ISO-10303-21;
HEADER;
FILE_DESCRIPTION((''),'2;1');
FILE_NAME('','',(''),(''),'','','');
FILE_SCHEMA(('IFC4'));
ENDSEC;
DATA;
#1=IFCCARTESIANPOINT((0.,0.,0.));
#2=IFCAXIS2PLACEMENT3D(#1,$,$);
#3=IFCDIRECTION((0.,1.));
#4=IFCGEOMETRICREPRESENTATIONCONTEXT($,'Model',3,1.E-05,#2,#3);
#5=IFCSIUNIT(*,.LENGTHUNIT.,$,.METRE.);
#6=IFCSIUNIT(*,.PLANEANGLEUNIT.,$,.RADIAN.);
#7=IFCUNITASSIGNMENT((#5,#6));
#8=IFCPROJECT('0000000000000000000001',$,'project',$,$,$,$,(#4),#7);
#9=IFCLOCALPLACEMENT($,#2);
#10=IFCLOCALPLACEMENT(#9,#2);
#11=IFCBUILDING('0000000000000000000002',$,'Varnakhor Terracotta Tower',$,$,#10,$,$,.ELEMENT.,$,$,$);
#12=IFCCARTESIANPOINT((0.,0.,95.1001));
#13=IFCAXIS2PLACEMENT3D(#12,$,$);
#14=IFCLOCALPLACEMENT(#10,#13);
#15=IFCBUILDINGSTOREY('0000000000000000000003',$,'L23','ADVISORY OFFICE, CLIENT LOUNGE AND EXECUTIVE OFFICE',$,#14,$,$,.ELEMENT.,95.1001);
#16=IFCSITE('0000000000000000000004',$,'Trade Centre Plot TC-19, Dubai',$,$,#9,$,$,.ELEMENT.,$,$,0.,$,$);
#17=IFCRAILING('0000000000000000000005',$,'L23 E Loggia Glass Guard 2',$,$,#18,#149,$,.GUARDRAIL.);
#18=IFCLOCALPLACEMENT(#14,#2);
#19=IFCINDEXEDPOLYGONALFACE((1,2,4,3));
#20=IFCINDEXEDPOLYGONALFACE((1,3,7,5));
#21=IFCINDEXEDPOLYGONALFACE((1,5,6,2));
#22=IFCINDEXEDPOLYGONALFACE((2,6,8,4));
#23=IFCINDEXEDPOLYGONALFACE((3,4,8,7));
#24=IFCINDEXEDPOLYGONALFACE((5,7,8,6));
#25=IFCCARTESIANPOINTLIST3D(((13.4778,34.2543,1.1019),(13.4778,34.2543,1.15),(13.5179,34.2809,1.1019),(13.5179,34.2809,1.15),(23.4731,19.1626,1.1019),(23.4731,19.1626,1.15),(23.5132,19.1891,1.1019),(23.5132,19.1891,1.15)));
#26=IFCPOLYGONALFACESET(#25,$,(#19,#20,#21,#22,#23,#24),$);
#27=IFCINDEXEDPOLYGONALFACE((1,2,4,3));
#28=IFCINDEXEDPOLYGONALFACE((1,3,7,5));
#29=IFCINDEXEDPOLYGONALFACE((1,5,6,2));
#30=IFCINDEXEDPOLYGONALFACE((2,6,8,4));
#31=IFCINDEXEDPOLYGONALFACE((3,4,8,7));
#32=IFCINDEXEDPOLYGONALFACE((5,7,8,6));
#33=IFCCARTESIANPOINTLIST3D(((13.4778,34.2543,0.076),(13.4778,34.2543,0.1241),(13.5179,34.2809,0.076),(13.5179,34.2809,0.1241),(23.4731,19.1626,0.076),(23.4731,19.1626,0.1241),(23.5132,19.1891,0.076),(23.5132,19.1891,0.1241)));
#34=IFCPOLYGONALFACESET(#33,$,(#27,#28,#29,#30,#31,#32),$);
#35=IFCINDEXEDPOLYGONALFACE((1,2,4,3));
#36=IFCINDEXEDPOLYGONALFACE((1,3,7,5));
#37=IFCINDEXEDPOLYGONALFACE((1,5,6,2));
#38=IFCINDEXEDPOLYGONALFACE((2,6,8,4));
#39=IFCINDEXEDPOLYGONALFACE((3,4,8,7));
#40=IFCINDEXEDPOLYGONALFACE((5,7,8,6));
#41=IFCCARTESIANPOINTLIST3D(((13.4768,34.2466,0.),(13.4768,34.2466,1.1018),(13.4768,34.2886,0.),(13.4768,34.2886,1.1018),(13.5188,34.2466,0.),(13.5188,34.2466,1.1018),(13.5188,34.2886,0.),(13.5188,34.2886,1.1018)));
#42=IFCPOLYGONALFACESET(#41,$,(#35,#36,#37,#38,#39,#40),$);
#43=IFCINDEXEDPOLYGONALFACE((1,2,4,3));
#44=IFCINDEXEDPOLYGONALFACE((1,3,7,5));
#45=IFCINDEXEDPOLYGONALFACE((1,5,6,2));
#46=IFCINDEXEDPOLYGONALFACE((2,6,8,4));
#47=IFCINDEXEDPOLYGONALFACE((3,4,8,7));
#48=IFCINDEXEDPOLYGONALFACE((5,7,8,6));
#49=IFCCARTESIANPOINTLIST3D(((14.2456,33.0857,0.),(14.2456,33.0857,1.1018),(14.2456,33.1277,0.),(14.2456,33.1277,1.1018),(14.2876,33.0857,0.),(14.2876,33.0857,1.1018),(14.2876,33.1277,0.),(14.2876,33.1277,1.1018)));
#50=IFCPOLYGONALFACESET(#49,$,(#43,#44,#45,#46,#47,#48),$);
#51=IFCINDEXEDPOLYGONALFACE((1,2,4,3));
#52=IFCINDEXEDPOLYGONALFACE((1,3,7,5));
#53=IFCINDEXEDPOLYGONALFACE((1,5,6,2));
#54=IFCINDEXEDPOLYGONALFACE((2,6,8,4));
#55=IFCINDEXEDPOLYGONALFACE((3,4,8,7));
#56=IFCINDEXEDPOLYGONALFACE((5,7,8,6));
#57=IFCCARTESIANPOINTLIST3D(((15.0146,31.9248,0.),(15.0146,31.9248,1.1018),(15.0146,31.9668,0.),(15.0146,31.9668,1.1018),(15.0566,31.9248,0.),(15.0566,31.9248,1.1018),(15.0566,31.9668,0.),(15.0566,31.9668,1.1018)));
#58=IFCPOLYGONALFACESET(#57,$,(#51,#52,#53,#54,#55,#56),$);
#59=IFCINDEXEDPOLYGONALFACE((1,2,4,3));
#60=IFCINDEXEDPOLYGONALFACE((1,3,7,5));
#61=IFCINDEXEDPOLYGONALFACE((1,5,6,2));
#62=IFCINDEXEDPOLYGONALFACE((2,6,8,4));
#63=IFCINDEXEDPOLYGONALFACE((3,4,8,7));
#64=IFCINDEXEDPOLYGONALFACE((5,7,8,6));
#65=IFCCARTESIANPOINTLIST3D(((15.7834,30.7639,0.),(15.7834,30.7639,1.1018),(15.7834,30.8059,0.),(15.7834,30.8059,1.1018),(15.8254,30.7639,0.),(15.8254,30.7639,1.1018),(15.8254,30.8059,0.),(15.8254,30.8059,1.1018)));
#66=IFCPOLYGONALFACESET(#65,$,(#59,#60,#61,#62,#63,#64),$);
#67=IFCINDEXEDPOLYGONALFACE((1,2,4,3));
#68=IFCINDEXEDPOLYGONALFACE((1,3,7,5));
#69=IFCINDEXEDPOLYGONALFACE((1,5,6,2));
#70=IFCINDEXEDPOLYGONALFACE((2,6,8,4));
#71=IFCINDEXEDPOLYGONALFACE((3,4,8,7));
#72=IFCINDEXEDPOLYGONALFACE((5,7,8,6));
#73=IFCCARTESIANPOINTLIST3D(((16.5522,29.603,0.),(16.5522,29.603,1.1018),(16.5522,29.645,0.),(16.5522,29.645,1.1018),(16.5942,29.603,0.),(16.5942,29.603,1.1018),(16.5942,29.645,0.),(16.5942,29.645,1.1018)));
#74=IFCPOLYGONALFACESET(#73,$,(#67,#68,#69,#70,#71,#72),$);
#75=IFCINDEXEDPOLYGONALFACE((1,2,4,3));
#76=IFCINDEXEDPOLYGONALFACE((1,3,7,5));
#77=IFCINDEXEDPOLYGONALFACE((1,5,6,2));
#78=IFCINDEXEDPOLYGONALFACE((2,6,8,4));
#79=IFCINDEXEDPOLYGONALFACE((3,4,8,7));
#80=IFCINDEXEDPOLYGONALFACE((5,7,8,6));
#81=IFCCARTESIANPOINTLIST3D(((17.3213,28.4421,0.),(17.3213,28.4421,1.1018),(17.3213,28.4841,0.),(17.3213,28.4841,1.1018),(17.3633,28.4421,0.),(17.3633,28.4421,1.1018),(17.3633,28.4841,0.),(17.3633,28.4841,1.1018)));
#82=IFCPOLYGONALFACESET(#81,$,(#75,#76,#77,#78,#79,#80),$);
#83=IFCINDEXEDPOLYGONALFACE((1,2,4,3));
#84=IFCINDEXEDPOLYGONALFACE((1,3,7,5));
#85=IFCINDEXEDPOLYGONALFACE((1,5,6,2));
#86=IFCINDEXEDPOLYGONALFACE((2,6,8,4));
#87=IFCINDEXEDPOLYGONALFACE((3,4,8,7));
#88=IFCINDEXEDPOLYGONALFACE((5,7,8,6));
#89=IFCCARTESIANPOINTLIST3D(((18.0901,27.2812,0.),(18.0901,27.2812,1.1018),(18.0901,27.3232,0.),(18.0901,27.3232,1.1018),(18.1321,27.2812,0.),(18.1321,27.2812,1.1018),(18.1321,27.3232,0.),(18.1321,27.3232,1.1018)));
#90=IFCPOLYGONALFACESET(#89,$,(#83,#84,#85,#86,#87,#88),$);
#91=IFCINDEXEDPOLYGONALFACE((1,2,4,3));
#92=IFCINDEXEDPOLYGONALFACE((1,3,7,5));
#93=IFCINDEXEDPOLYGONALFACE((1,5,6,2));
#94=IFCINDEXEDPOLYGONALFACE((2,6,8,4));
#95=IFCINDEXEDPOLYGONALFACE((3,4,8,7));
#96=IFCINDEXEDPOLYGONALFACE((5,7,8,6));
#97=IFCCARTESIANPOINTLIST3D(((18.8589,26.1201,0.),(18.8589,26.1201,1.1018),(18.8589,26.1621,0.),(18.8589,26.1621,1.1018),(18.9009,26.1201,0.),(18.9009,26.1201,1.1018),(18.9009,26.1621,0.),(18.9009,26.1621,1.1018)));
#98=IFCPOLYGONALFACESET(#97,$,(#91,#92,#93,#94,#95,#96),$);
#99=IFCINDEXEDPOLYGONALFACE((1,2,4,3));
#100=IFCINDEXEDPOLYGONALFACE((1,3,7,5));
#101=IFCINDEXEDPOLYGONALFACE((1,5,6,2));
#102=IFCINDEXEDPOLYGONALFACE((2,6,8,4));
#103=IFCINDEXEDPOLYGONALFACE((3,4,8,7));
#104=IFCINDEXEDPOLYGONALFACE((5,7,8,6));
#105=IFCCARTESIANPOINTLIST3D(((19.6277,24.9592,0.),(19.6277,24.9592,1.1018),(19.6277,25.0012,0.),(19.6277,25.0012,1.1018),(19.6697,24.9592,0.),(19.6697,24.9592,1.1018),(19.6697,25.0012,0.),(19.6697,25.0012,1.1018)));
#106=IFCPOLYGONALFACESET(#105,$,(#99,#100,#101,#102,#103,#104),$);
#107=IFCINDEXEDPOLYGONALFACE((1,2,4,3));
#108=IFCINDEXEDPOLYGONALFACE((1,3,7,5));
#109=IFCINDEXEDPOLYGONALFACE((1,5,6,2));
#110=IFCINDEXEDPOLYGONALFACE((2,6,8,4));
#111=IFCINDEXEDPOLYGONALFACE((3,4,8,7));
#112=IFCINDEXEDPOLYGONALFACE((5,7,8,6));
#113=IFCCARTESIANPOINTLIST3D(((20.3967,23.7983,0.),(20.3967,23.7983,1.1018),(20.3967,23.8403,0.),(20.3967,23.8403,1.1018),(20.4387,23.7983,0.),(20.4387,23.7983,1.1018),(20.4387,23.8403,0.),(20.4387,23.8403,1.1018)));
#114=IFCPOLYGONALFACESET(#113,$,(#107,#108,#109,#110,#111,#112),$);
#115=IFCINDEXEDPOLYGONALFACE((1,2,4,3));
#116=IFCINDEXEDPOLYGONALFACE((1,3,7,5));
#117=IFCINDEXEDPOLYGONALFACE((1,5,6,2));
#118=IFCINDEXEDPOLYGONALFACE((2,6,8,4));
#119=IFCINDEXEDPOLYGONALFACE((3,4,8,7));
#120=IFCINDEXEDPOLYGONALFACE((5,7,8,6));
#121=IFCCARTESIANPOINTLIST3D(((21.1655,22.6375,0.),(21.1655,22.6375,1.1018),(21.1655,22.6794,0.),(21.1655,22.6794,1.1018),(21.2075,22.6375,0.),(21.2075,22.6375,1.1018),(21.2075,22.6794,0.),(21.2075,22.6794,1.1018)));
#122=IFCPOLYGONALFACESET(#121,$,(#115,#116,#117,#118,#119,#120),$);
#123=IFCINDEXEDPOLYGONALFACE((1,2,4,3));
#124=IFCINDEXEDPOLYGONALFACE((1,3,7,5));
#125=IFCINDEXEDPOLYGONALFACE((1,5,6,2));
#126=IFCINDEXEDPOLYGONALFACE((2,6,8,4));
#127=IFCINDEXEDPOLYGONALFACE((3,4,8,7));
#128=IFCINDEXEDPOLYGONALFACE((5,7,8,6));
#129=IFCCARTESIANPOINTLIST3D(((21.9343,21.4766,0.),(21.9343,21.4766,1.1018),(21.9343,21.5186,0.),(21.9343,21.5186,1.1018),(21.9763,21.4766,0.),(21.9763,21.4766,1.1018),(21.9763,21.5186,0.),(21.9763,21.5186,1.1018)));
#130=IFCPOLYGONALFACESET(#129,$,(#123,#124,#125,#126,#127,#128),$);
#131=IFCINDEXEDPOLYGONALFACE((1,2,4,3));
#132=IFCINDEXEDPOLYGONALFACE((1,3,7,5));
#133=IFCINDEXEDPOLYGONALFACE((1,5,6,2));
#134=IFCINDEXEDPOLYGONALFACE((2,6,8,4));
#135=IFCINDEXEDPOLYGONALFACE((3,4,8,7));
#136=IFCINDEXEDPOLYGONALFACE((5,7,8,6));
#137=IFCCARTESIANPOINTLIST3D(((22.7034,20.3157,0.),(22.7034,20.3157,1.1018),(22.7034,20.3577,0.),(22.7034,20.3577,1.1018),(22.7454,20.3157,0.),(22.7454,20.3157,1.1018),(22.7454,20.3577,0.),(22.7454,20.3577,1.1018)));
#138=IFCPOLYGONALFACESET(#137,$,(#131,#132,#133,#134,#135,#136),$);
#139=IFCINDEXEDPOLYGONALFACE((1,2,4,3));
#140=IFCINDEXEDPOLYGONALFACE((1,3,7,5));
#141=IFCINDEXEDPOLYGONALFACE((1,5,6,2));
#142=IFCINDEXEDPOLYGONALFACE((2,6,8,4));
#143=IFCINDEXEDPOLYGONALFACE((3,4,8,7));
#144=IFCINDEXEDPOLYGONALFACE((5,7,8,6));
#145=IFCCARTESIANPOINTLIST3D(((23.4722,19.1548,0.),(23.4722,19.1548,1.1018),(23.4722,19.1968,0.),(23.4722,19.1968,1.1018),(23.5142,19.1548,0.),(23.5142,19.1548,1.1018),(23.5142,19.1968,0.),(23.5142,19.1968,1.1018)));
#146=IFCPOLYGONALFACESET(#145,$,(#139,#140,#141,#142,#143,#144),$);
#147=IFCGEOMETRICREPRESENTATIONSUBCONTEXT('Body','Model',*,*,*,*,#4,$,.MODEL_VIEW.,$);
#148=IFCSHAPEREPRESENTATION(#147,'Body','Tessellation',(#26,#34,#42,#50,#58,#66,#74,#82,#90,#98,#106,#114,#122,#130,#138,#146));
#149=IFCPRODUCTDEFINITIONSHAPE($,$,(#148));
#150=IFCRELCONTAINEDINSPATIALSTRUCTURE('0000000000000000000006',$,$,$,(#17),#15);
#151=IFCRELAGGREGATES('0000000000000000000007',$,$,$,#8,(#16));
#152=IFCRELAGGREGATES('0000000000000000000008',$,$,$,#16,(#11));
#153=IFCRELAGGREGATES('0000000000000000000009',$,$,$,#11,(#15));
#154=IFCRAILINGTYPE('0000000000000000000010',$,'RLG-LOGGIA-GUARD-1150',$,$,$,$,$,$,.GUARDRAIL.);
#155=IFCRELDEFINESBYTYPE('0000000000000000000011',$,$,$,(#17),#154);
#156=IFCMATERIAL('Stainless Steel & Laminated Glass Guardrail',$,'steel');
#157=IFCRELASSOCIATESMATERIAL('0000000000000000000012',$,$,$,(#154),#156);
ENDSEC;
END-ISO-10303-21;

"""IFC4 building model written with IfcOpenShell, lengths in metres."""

from ifc_helpers import new_model, si_unit, direction, frame, origin, origin_2d, place, context, subcontext, project, spatial, rectangle, extrude, material, type_object, element, save


model = new_model("IFC4")

# Units and contexts
model_context = context("Model", 3, precision=1e-05, world=origin(), true_north=direction((0.0, 1.0)))
body_context = subcontext(model_context, "Body", "Model", "MODEL_VIEW")
ifc_project = project(units=[si_unit("LENGTHUNIT", "METRE"), si_unit("PLANEANGLEUNIT", "RADIAN")], contexts=[model_context])

# Site, building, storey
site_placement = place(None, origin())
site = spatial("IfcSite", under=ifc_project, at=site_placement, Name="Trade Centre Plot TC-19, Dubai", CompositionType="ELEMENT", RefElevation=0.0)
building_placement = place(site_placement, origin())
building = spatial("IfcBuilding", under=site, at=building_placement, Name="Varnakhor Terracotta Tower", CompositionType="ELEMENT")
storey_placement = place(building_placement, frame((0.0, 0.0, 95.1001)))
storey = spatial("IfcBuildingStorey", under=building, at=storey_placement, Name="L23", Description="ADVISORY OFFICE, CLIENT LOUNGE AND EXECUTIVE OFFICE", CompositionType="ELEMENT", Elevation=95.1001)

# Railing
ifc_material_1 = material(Name="Stainless Steel & Laminated Glass Guardrail", Category="steel")
railing_type = type_object("IfcRailingType", Name="RLG-LOGGIA-GUARD-1150", PredefinedType="GUARDRAIL", material=ifc_material_1)
railing_1_placement = place(storey_placement, frame((13.4978, 34.2676, 0.0)))
element("IfcRailing", 1, at=railing_1_placement, inside=storey, type_object=railing_type, Name="L23 E Loggia Glass Guard 2", PredefinedType="GUARDRAIL", context=body_context, shape_type="SweptSolid", body=[
    extrude(rectangle(XDim=0.0481, YDim=0.0481, at=origin_2d()), frame((0.0, 0.0, 1.126), z_axis=(0.55218, -0.833725, 0.0), x_axis=(0.833725, 0.55218, 0.0)), (0.0, 0.0, 1.0), 18.1016),
    extrude(rectangle(XDim=0.0481, YDim=0.0481, at=origin_2d()), frame((0.0, 0.0, 0.1001), z_axis=(0.55218, -0.833725, 0.0), x_axis=(0.833725, 0.55218, 0.0)), (0.0, 0.0, 1.0), 18.1016),
    extrude(rectangle(XDim=0.042, YDim=0.042, at=origin_2d()), origin(), (0.0, 0.0, 1.0), 1.1018),
    extrude(rectangle(XDim=0.042, YDim=0.042, at=origin_2d()), frame((0.7688, -1.1609, 0.0)), (0.0, 0.0, 1.0), 1.1018),
    extrude(rectangle(XDim=0.042, YDim=0.042, at=origin_2d()), frame((1.5378, -2.3218, 0.0)), (0.0, 0.0, 1.0), 1.1018),
    extrude(rectangle(XDim=0.042, YDim=0.042, at=origin_2d()), frame((2.3066, -3.4827, 0.0)), (0.0, 0.0, 1.0), 1.1018),
    extrude(rectangle(XDim=0.042, YDim=0.042, at=origin_2d()), frame((3.0754, -4.6436, 0.0)), (0.0, 0.0, 1.0), 1.1018),
    extrude(rectangle(XDim=0.042, YDim=0.042, at=origin_2d()), frame((3.8445, -5.8044, 0.0)), (0.0, 0.0, 1.0), 1.1018),
    extrude(rectangle(XDim=0.042, YDim=0.042, at=origin_2d()), frame((4.6133, -6.9653, 0.0)), (0.0, 0.0, 1.0), 1.1018),
    extrude(rectangle(XDim=0.042, YDim=0.042, at=origin_2d()), frame((5.3821, -8.1265, 0.0)), (0.0, 0.0, 1.0), 1.1018),
    extrude(rectangle(XDim=0.042, YDim=0.042, at=origin_2d()), frame((6.1509, -9.2874, 0.0)), (0.0, 0.0, 1.0), 1.1018),
    extrude(rectangle(XDim=0.042, YDim=0.042, at=origin_2d()), frame((6.9199, -10.4482, 0.0)), (0.0, 0.0, 1.0), 1.1018),
    extrude(rectangle(XDim=0.042, YDim=0.042, at=origin_2d()), frame((7.6887, -11.6091, 0.0)), (0.0, 0.0, 1.0), 1.1018),
    extrude(rectangle(XDim=0.042, YDim=0.042, at=origin_2d()), frame((8.4575, -12.77, 0.0)), (0.0, 0.0, 1.0), 1.1018),
    extrude(rectangle(XDim=0.042, YDim=0.042, at=origin_2d()), frame((9.2266, -13.9309, 0.0)), (0.0, 0.0, 1.0), 1.1018),
    extrude(rectangle(XDim=0.042, YDim=0.042, at=origin_2d()), frame((9.9954, -15.0918, 0.0)), (0.0, 0.0, 1.0), 1.1018),
])

save(model, "model.ifc")
